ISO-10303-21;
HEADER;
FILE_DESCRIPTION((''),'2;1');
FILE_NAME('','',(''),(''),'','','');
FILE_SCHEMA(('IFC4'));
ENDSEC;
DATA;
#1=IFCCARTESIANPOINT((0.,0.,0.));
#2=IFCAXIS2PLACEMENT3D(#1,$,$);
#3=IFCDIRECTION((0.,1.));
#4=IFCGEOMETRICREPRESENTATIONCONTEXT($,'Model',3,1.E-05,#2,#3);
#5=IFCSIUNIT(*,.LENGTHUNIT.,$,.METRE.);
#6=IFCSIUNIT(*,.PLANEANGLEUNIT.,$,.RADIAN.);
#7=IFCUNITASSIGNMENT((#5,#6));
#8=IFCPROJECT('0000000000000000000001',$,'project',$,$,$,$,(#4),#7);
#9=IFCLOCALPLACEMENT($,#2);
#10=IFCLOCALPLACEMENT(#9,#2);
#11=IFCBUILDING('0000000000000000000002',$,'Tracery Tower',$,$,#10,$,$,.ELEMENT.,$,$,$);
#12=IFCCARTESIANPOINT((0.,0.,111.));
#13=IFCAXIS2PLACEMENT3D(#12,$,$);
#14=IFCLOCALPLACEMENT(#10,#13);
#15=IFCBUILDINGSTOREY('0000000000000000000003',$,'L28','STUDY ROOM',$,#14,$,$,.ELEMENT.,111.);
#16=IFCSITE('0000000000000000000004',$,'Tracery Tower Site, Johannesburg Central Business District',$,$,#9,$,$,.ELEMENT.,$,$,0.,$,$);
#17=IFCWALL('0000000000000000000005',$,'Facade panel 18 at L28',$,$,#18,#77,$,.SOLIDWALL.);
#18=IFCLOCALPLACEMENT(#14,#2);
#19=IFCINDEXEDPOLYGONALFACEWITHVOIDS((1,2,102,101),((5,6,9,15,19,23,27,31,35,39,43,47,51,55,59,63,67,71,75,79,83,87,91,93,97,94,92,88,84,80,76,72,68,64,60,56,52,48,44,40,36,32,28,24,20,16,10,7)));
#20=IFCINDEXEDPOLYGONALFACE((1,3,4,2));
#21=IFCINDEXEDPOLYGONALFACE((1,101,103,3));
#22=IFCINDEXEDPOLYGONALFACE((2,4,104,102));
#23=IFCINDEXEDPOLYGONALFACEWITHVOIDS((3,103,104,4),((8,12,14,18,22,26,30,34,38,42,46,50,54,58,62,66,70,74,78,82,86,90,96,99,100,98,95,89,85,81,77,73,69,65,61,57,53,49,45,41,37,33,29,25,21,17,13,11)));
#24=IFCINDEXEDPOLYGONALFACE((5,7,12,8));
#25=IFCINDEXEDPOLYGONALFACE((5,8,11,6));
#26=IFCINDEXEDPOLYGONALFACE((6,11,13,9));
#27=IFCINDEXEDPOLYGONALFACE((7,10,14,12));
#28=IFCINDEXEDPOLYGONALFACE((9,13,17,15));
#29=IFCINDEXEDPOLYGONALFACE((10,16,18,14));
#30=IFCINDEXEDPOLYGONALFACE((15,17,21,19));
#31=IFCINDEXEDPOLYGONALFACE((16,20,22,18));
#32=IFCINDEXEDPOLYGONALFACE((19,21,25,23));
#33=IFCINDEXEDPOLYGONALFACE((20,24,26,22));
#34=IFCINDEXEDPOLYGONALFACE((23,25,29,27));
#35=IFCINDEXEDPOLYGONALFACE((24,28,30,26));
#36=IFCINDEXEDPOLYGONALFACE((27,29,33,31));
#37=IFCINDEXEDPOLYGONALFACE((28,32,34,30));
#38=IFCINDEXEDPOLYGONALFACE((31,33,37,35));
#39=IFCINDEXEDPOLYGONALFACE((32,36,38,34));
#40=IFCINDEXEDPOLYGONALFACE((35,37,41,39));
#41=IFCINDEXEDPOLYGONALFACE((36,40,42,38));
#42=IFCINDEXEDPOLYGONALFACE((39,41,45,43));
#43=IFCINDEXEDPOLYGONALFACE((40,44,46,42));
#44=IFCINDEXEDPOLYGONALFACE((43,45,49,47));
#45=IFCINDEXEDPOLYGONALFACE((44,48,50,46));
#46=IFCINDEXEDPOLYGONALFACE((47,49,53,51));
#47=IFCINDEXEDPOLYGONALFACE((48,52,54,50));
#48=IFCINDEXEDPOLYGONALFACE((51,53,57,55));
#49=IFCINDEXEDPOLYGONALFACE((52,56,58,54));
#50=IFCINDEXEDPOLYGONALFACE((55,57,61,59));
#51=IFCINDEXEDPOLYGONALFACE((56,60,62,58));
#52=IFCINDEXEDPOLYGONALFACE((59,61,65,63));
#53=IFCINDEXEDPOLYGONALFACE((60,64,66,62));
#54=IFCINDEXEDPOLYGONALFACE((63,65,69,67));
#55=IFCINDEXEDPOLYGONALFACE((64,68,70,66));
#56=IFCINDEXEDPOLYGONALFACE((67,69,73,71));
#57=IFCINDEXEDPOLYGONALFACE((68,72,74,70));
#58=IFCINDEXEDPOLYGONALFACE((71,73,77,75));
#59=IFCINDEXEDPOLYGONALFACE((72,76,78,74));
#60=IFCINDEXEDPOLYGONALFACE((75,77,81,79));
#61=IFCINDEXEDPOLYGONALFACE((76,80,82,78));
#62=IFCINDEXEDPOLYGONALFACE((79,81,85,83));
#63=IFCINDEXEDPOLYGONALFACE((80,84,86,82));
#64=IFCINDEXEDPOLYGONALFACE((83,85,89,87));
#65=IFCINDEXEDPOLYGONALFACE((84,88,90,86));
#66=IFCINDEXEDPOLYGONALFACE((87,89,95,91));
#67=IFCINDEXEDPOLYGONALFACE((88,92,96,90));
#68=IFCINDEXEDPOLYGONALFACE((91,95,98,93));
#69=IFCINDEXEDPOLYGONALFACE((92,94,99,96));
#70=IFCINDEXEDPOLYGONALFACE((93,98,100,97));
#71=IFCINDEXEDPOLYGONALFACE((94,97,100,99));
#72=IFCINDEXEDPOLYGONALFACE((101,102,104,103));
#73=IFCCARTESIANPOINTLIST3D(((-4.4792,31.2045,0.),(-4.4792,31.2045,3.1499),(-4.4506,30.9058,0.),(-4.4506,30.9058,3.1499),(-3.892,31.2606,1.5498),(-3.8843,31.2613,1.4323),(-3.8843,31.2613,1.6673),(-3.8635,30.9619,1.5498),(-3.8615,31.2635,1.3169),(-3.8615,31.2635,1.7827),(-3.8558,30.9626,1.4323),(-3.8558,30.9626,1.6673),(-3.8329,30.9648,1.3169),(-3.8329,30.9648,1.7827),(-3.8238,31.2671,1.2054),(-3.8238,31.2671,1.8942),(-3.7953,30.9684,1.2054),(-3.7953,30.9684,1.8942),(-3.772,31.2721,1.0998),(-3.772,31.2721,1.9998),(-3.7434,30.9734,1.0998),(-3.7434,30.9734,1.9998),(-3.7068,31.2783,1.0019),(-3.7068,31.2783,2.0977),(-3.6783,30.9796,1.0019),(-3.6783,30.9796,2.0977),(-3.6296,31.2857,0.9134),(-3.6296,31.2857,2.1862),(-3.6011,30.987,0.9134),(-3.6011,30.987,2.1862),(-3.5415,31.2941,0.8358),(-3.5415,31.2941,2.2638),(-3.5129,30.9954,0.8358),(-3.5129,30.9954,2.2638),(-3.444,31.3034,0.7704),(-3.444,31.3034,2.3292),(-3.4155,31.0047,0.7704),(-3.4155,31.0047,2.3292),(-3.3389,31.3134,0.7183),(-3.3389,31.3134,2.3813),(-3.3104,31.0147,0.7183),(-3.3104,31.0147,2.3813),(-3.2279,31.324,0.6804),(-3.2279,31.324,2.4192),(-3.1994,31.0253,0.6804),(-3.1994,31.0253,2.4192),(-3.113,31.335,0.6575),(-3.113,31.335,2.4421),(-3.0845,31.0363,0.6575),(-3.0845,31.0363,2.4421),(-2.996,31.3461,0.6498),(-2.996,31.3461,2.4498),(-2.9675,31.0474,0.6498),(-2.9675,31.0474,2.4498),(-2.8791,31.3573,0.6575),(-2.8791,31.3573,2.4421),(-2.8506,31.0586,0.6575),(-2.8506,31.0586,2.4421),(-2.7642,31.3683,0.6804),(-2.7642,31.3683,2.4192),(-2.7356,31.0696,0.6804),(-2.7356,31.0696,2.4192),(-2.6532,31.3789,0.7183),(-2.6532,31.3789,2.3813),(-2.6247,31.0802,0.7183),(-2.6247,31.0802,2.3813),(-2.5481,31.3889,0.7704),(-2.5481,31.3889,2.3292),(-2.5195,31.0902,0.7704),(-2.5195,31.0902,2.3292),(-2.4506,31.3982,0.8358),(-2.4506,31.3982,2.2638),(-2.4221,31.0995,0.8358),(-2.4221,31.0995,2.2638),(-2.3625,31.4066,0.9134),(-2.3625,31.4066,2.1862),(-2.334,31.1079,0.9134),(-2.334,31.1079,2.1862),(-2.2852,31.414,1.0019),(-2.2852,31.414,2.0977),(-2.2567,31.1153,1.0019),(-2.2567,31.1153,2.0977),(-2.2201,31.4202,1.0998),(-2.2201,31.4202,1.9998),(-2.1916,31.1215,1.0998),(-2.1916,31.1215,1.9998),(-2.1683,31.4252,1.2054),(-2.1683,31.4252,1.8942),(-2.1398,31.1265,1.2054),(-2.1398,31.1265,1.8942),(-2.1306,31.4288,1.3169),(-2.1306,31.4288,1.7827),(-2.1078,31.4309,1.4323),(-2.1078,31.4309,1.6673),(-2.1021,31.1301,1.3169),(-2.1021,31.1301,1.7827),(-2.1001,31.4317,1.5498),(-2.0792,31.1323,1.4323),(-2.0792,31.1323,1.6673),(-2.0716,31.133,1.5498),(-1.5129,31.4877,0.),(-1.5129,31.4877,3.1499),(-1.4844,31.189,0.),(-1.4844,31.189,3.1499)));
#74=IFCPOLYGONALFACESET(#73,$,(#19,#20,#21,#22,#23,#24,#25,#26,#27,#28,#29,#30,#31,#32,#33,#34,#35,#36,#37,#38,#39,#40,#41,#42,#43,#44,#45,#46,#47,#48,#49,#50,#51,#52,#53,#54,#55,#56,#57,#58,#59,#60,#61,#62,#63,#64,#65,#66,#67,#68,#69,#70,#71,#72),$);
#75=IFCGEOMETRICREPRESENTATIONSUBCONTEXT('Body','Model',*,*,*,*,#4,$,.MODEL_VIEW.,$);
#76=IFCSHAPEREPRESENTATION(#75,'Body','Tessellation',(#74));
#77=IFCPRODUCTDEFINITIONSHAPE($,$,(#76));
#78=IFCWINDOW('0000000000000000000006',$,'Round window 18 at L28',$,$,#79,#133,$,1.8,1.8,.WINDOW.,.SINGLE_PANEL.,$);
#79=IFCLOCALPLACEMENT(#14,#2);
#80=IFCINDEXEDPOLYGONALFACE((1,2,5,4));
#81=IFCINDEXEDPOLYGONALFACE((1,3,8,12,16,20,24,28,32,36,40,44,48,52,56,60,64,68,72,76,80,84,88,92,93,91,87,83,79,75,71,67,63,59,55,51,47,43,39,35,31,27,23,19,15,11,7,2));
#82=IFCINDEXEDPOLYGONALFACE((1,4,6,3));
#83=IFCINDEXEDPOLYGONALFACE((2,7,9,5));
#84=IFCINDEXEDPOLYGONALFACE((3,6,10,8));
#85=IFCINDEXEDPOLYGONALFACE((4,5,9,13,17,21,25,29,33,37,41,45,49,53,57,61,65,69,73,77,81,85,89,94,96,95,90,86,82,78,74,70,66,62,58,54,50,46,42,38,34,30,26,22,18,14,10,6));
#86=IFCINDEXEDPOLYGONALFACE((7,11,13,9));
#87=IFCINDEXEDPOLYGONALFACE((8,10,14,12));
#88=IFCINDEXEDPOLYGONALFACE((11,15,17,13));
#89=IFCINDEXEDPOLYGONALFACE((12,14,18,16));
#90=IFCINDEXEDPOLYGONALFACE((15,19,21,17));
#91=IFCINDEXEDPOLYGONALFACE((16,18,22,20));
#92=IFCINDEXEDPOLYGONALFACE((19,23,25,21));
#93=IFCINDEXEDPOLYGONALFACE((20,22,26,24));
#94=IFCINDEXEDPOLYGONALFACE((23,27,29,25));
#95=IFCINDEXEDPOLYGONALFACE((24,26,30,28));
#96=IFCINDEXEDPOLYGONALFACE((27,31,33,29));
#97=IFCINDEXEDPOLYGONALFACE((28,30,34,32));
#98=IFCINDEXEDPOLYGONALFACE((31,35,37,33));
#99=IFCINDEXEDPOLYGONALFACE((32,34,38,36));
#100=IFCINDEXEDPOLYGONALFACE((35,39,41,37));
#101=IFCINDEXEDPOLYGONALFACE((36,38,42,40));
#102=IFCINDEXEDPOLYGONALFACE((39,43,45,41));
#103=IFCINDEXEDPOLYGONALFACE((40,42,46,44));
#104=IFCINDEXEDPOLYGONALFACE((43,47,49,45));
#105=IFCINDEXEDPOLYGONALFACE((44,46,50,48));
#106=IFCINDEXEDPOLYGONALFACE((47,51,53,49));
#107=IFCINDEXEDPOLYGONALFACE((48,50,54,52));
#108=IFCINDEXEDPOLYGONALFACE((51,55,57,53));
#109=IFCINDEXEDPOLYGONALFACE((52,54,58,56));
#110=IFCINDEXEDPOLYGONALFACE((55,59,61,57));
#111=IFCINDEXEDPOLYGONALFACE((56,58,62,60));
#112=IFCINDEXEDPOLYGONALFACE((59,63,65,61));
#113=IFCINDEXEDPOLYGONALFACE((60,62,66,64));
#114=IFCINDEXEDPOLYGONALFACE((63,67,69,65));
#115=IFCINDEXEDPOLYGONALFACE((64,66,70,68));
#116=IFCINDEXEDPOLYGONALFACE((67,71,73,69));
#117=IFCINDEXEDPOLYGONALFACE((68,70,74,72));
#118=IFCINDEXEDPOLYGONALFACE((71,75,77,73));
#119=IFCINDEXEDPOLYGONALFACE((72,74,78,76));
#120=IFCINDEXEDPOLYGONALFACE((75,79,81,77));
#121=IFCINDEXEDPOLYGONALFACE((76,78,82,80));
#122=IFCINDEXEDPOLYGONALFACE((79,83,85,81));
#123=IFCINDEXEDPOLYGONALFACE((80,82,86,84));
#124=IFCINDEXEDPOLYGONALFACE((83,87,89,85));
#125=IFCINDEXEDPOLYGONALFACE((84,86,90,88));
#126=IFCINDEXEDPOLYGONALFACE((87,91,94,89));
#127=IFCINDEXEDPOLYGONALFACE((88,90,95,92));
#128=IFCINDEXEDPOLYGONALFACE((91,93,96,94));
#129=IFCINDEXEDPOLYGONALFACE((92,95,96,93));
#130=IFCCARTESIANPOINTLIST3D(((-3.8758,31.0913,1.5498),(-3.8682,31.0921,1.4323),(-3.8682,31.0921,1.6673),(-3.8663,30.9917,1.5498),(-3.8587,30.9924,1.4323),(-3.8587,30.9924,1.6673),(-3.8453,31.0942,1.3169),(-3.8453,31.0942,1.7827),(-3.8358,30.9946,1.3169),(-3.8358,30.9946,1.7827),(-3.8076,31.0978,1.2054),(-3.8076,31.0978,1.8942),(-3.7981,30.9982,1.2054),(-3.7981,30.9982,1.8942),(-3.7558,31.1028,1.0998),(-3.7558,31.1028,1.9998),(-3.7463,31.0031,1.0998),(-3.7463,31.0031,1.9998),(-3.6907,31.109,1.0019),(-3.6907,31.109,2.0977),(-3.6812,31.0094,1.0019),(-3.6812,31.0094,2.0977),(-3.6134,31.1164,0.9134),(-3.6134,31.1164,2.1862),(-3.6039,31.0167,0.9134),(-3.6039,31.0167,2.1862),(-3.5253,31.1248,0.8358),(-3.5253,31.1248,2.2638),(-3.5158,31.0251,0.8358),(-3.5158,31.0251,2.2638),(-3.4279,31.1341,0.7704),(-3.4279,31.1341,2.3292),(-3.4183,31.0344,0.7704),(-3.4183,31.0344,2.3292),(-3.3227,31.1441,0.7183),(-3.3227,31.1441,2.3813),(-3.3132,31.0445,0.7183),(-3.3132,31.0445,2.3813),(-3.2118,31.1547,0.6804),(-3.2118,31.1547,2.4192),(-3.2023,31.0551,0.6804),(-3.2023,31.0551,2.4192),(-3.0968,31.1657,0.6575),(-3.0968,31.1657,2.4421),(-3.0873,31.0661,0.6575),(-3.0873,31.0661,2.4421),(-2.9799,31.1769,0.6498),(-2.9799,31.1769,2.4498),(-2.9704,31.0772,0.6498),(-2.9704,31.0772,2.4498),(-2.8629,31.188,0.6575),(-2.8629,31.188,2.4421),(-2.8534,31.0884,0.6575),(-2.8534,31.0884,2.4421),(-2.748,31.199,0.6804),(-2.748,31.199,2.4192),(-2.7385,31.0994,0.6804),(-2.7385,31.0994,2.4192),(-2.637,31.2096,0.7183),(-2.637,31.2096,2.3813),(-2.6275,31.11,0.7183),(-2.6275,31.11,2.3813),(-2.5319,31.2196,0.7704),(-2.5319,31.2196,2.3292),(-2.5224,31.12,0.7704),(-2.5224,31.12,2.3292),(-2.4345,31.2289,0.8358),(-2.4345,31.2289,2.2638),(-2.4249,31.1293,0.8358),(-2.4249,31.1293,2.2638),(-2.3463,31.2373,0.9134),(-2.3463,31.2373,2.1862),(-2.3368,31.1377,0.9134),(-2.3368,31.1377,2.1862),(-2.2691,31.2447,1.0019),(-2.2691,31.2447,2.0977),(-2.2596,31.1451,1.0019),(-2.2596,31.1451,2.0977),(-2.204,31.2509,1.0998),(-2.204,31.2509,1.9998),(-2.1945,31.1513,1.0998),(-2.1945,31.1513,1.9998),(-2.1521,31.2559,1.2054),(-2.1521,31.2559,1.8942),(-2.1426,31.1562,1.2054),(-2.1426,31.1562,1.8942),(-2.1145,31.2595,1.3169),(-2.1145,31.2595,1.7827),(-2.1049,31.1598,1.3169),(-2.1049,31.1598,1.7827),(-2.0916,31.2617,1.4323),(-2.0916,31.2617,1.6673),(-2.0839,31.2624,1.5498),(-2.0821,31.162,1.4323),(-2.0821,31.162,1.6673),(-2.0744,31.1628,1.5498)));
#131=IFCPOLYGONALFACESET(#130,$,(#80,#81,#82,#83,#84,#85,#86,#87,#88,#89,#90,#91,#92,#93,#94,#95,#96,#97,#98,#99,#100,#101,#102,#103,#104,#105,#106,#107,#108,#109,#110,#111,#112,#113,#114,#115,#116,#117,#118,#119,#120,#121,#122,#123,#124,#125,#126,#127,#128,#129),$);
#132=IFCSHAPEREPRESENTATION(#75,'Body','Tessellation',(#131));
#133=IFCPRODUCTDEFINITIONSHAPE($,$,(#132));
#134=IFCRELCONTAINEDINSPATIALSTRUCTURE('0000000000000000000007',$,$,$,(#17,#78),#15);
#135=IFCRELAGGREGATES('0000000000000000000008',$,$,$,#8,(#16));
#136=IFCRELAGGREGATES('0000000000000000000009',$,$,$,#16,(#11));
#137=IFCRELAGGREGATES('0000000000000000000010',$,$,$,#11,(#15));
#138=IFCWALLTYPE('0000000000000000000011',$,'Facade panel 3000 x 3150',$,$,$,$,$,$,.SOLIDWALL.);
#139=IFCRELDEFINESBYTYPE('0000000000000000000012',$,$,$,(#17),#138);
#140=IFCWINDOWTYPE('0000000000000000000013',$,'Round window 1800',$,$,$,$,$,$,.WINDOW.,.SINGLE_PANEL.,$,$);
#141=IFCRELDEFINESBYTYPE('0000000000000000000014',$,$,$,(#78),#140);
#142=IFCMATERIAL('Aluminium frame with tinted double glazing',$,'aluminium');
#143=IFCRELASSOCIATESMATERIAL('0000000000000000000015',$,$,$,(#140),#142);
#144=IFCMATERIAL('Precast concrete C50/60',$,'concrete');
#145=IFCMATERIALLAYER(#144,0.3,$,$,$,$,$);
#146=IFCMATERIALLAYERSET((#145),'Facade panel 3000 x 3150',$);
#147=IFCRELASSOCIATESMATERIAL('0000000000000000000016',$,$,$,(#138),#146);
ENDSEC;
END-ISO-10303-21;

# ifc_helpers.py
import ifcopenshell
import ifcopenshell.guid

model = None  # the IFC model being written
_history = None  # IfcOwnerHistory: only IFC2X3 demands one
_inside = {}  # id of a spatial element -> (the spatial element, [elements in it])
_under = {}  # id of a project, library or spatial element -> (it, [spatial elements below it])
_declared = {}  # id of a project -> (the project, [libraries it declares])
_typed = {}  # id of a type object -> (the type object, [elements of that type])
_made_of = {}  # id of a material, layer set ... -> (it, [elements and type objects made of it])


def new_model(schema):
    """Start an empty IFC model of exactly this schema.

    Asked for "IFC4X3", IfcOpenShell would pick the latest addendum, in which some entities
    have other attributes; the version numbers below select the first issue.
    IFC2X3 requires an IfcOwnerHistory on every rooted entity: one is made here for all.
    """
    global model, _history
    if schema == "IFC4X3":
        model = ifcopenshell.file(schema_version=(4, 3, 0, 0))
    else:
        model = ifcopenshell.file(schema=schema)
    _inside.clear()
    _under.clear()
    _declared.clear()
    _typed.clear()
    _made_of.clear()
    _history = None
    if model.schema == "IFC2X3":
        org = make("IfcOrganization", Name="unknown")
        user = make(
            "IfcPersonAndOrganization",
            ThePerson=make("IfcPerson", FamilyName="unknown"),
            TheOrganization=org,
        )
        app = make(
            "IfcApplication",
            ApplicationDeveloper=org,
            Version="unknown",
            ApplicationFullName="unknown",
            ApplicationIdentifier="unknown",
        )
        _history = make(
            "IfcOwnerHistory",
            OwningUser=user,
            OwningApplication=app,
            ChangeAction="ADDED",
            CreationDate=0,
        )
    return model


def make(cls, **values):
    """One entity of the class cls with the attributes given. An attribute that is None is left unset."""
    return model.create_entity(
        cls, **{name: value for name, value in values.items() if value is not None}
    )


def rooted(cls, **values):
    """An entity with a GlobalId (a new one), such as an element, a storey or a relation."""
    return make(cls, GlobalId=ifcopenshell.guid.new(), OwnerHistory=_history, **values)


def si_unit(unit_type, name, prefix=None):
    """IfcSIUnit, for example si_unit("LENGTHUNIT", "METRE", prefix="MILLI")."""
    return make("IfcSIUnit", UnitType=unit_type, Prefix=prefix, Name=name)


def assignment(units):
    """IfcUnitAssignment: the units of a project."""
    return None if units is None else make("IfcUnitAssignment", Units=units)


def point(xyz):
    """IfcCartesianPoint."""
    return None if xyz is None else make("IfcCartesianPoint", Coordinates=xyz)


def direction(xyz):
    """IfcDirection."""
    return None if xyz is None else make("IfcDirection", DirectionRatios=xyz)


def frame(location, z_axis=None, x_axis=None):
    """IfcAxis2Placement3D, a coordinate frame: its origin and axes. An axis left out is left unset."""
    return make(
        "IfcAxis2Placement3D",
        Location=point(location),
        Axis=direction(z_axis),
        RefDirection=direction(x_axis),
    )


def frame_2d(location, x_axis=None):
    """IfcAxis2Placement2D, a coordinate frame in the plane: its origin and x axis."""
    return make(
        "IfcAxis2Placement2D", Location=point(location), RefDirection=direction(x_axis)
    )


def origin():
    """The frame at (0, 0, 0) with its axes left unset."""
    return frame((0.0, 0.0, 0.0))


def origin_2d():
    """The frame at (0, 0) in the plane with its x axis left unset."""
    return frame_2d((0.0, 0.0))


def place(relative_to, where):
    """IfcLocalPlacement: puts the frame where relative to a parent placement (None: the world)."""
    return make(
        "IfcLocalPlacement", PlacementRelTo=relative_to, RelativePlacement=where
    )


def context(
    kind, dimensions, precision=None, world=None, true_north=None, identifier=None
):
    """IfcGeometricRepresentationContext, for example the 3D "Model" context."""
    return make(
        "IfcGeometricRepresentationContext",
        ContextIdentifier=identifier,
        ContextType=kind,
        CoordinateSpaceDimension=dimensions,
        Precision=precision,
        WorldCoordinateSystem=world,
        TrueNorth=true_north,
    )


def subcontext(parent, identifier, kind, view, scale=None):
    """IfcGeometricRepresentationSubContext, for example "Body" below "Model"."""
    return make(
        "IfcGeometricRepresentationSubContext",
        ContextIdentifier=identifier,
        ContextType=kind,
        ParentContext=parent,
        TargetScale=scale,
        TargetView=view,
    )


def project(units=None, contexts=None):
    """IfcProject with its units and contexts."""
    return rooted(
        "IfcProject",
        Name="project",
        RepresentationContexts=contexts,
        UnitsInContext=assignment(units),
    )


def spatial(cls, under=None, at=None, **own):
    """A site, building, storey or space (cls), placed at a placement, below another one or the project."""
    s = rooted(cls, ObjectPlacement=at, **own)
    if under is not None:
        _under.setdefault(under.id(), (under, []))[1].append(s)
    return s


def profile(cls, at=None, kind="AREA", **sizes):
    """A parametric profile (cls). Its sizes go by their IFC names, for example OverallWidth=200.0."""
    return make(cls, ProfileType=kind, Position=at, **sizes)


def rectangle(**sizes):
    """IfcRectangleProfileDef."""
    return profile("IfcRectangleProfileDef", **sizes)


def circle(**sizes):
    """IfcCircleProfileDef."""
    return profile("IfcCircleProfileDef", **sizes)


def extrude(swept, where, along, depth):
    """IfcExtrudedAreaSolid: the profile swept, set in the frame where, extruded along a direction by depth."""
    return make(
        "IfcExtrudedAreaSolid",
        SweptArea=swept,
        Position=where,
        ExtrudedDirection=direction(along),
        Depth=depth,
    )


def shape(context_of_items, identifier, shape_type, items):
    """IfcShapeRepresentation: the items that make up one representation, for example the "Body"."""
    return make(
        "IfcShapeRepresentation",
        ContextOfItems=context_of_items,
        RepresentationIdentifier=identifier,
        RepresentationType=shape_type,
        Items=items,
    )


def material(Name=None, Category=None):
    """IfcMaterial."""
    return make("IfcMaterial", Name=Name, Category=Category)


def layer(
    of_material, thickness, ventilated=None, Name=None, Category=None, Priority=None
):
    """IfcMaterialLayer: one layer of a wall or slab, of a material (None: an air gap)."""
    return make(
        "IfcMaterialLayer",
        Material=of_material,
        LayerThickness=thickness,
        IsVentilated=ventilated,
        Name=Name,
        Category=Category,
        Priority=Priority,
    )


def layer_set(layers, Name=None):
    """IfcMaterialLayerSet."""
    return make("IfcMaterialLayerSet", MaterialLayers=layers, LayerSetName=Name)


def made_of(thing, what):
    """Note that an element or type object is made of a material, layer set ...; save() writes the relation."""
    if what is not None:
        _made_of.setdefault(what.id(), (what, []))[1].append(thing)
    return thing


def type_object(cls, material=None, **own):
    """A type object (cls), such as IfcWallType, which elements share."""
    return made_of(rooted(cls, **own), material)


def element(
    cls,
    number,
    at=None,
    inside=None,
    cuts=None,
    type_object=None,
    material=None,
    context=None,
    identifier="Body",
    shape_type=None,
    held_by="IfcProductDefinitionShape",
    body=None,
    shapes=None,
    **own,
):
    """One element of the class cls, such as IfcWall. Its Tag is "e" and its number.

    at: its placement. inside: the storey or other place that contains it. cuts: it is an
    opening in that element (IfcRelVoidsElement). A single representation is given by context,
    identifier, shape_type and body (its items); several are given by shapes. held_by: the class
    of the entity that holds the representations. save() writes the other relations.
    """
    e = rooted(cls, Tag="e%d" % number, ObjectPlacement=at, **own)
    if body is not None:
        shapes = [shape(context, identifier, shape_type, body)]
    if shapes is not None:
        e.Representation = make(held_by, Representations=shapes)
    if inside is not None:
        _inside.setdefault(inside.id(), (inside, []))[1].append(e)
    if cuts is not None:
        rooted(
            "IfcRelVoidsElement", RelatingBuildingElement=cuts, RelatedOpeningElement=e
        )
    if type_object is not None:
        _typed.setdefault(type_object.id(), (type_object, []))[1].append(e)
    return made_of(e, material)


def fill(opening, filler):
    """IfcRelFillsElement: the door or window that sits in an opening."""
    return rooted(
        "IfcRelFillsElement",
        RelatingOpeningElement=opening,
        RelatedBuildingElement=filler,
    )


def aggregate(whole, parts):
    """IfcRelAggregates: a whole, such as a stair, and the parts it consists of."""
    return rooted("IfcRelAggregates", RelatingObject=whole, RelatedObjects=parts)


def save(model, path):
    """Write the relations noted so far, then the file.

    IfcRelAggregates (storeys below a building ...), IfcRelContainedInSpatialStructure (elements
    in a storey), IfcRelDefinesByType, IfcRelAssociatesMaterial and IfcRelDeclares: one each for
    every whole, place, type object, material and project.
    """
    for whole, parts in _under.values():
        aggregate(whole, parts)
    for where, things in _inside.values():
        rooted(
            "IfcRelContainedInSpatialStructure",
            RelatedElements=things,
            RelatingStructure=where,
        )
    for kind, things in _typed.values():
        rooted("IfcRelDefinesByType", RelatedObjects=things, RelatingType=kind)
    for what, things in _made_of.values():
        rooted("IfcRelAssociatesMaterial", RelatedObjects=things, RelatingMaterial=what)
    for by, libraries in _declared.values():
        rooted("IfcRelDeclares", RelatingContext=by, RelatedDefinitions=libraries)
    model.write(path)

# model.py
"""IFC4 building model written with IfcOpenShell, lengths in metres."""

from ifc_helpers import new_model, si_unit, direction, frame, frame_2d, origin, origin_2d, place, context, subcontext, project, spatial, rectangle, circle, extrude, material, layer, layer_set, type_object, element, fill, save


model = new_model("IFC4")

# Units and contexts
model_context = context("Model", 3, precision=1e-05, world=origin(), true_north=direction((0.0, 1.0)))
body_context = subcontext(model_context, "Body", "Model", "MODEL_VIEW")
ifc_project = project(units=[si_unit("LENGTHUNIT", "METRE"), si_unit("PLANEANGLEUNIT", "RADIAN")], contexts=[model_context])

# Site, building, storey
site_placement = place(None, origin())
site = spatial("IfcSite", under=ifc_project, at=site_placement, Name="Tracery Tower Site, Johannesburg Central Business District", CompositionType="ELEMENT", RefElevation=0.0)
building_placement = place(site_placement, origin())
building = spatial("IfcBuilding", under=site, at=building_placement, Name="Tracery Tower", CompositionType="ELEMENT")
storey_placement = place(building_placement, frame((0.0, 0.0, 111.0)))
storey = spatial("IfcBuildingStorey", under=building, at=storey_placement, Name="L28", Description="STUDY ROOM", CompositionType="ELEMENT", Elevation=111.0)

# Wall, opening, window
ifc_material_1 = material(Name="Aluminium frame with tinted double glazing", Category="aluminium")
window_type = type_object("IfcWindowType", Name="Round window 1800", PartitioningType="SINGLE_PANEL", PredefinedType="WINDOW", material=ifc_material_1)
ifc_material_2 = material(Name="Precast concrete C50/60", Category="concrete")
ifc_layer_1 = layer(ifc_material_2, 0.3)
ifc_layer_set_1 = layer_set([ifc_layer_1], Name="Facade panel 3000 x 3150")
wall_type_1 = type_object("IfcWallType", Name="Facade panel 3000 x 3150", PredefinedType="SOLIDWALL", material=ifc_layer_set_1)
wall_1_placement = place(storey_placement, frame((-1.4988, 31.3384, 0.0), z_axis=(0.0, 0.0, 1.0), x_axis=(-0.995473, -0.095041, 0.0)))
wall_1 = element("IfcWall", 1, at=wall_1_placement, inside=storey, type_object=wall_type_1, Name="Facade panel 18 at L28", PredefinedType="SOLIDWALL", context=body_context, shape_type="SweptSolid", body=[
    extrude(rectangle(XDim=2.9797, YDim=0.3, at=frame_2d((1.4897, 0.0))), origin(), (0.0, 0.0, 1.0), 3.1499),
])
opening_1_placement = place(wall_1_placement, frame((1.4897, 0.0, 1.5498)))
opening_1 = element("IfcOpeningElement", 2, at=opening_1_placement, cuts=wall_1, PredefinedType="OPENING", context=body_context, shape_type="SweptSolid", body=[
    extrude(circle(Radius=0.9, at=origin_2d()), frame((0.0, 0.1599, 0.0), z_axis=(0.0, -1.0, 0.0), x_axis=(1.0, 0.0, 0.0)), (0.0, 0.0, 1.0), 0.3201),
])
window_1_placement = place(opening_1_placement, origin())
window_1 = element("IfcWindow", 3, at=window_1_placement, inside=storey, type_object=window_type, Name="Round window 18 at L28", OverallHeight=1.8, OverallWidth=1.8, PartitioningType="SINGLE_PANEL", PredefinedType="WINDOW", context=body_context, shape_type="SweptSolid", body=[
    extrude(circle(Radius=0.9, at=origin_2d()), frame((0.0, 0.1201, 0.0), z_axis=(0.0, -1.0, 0.0), x_axis=(1.0, 0.0, 0.0)), (0.0, 0.0, 1.0), 0.1001),
])
fill(opening_1, window_1)

save(model, "model.ifc")
